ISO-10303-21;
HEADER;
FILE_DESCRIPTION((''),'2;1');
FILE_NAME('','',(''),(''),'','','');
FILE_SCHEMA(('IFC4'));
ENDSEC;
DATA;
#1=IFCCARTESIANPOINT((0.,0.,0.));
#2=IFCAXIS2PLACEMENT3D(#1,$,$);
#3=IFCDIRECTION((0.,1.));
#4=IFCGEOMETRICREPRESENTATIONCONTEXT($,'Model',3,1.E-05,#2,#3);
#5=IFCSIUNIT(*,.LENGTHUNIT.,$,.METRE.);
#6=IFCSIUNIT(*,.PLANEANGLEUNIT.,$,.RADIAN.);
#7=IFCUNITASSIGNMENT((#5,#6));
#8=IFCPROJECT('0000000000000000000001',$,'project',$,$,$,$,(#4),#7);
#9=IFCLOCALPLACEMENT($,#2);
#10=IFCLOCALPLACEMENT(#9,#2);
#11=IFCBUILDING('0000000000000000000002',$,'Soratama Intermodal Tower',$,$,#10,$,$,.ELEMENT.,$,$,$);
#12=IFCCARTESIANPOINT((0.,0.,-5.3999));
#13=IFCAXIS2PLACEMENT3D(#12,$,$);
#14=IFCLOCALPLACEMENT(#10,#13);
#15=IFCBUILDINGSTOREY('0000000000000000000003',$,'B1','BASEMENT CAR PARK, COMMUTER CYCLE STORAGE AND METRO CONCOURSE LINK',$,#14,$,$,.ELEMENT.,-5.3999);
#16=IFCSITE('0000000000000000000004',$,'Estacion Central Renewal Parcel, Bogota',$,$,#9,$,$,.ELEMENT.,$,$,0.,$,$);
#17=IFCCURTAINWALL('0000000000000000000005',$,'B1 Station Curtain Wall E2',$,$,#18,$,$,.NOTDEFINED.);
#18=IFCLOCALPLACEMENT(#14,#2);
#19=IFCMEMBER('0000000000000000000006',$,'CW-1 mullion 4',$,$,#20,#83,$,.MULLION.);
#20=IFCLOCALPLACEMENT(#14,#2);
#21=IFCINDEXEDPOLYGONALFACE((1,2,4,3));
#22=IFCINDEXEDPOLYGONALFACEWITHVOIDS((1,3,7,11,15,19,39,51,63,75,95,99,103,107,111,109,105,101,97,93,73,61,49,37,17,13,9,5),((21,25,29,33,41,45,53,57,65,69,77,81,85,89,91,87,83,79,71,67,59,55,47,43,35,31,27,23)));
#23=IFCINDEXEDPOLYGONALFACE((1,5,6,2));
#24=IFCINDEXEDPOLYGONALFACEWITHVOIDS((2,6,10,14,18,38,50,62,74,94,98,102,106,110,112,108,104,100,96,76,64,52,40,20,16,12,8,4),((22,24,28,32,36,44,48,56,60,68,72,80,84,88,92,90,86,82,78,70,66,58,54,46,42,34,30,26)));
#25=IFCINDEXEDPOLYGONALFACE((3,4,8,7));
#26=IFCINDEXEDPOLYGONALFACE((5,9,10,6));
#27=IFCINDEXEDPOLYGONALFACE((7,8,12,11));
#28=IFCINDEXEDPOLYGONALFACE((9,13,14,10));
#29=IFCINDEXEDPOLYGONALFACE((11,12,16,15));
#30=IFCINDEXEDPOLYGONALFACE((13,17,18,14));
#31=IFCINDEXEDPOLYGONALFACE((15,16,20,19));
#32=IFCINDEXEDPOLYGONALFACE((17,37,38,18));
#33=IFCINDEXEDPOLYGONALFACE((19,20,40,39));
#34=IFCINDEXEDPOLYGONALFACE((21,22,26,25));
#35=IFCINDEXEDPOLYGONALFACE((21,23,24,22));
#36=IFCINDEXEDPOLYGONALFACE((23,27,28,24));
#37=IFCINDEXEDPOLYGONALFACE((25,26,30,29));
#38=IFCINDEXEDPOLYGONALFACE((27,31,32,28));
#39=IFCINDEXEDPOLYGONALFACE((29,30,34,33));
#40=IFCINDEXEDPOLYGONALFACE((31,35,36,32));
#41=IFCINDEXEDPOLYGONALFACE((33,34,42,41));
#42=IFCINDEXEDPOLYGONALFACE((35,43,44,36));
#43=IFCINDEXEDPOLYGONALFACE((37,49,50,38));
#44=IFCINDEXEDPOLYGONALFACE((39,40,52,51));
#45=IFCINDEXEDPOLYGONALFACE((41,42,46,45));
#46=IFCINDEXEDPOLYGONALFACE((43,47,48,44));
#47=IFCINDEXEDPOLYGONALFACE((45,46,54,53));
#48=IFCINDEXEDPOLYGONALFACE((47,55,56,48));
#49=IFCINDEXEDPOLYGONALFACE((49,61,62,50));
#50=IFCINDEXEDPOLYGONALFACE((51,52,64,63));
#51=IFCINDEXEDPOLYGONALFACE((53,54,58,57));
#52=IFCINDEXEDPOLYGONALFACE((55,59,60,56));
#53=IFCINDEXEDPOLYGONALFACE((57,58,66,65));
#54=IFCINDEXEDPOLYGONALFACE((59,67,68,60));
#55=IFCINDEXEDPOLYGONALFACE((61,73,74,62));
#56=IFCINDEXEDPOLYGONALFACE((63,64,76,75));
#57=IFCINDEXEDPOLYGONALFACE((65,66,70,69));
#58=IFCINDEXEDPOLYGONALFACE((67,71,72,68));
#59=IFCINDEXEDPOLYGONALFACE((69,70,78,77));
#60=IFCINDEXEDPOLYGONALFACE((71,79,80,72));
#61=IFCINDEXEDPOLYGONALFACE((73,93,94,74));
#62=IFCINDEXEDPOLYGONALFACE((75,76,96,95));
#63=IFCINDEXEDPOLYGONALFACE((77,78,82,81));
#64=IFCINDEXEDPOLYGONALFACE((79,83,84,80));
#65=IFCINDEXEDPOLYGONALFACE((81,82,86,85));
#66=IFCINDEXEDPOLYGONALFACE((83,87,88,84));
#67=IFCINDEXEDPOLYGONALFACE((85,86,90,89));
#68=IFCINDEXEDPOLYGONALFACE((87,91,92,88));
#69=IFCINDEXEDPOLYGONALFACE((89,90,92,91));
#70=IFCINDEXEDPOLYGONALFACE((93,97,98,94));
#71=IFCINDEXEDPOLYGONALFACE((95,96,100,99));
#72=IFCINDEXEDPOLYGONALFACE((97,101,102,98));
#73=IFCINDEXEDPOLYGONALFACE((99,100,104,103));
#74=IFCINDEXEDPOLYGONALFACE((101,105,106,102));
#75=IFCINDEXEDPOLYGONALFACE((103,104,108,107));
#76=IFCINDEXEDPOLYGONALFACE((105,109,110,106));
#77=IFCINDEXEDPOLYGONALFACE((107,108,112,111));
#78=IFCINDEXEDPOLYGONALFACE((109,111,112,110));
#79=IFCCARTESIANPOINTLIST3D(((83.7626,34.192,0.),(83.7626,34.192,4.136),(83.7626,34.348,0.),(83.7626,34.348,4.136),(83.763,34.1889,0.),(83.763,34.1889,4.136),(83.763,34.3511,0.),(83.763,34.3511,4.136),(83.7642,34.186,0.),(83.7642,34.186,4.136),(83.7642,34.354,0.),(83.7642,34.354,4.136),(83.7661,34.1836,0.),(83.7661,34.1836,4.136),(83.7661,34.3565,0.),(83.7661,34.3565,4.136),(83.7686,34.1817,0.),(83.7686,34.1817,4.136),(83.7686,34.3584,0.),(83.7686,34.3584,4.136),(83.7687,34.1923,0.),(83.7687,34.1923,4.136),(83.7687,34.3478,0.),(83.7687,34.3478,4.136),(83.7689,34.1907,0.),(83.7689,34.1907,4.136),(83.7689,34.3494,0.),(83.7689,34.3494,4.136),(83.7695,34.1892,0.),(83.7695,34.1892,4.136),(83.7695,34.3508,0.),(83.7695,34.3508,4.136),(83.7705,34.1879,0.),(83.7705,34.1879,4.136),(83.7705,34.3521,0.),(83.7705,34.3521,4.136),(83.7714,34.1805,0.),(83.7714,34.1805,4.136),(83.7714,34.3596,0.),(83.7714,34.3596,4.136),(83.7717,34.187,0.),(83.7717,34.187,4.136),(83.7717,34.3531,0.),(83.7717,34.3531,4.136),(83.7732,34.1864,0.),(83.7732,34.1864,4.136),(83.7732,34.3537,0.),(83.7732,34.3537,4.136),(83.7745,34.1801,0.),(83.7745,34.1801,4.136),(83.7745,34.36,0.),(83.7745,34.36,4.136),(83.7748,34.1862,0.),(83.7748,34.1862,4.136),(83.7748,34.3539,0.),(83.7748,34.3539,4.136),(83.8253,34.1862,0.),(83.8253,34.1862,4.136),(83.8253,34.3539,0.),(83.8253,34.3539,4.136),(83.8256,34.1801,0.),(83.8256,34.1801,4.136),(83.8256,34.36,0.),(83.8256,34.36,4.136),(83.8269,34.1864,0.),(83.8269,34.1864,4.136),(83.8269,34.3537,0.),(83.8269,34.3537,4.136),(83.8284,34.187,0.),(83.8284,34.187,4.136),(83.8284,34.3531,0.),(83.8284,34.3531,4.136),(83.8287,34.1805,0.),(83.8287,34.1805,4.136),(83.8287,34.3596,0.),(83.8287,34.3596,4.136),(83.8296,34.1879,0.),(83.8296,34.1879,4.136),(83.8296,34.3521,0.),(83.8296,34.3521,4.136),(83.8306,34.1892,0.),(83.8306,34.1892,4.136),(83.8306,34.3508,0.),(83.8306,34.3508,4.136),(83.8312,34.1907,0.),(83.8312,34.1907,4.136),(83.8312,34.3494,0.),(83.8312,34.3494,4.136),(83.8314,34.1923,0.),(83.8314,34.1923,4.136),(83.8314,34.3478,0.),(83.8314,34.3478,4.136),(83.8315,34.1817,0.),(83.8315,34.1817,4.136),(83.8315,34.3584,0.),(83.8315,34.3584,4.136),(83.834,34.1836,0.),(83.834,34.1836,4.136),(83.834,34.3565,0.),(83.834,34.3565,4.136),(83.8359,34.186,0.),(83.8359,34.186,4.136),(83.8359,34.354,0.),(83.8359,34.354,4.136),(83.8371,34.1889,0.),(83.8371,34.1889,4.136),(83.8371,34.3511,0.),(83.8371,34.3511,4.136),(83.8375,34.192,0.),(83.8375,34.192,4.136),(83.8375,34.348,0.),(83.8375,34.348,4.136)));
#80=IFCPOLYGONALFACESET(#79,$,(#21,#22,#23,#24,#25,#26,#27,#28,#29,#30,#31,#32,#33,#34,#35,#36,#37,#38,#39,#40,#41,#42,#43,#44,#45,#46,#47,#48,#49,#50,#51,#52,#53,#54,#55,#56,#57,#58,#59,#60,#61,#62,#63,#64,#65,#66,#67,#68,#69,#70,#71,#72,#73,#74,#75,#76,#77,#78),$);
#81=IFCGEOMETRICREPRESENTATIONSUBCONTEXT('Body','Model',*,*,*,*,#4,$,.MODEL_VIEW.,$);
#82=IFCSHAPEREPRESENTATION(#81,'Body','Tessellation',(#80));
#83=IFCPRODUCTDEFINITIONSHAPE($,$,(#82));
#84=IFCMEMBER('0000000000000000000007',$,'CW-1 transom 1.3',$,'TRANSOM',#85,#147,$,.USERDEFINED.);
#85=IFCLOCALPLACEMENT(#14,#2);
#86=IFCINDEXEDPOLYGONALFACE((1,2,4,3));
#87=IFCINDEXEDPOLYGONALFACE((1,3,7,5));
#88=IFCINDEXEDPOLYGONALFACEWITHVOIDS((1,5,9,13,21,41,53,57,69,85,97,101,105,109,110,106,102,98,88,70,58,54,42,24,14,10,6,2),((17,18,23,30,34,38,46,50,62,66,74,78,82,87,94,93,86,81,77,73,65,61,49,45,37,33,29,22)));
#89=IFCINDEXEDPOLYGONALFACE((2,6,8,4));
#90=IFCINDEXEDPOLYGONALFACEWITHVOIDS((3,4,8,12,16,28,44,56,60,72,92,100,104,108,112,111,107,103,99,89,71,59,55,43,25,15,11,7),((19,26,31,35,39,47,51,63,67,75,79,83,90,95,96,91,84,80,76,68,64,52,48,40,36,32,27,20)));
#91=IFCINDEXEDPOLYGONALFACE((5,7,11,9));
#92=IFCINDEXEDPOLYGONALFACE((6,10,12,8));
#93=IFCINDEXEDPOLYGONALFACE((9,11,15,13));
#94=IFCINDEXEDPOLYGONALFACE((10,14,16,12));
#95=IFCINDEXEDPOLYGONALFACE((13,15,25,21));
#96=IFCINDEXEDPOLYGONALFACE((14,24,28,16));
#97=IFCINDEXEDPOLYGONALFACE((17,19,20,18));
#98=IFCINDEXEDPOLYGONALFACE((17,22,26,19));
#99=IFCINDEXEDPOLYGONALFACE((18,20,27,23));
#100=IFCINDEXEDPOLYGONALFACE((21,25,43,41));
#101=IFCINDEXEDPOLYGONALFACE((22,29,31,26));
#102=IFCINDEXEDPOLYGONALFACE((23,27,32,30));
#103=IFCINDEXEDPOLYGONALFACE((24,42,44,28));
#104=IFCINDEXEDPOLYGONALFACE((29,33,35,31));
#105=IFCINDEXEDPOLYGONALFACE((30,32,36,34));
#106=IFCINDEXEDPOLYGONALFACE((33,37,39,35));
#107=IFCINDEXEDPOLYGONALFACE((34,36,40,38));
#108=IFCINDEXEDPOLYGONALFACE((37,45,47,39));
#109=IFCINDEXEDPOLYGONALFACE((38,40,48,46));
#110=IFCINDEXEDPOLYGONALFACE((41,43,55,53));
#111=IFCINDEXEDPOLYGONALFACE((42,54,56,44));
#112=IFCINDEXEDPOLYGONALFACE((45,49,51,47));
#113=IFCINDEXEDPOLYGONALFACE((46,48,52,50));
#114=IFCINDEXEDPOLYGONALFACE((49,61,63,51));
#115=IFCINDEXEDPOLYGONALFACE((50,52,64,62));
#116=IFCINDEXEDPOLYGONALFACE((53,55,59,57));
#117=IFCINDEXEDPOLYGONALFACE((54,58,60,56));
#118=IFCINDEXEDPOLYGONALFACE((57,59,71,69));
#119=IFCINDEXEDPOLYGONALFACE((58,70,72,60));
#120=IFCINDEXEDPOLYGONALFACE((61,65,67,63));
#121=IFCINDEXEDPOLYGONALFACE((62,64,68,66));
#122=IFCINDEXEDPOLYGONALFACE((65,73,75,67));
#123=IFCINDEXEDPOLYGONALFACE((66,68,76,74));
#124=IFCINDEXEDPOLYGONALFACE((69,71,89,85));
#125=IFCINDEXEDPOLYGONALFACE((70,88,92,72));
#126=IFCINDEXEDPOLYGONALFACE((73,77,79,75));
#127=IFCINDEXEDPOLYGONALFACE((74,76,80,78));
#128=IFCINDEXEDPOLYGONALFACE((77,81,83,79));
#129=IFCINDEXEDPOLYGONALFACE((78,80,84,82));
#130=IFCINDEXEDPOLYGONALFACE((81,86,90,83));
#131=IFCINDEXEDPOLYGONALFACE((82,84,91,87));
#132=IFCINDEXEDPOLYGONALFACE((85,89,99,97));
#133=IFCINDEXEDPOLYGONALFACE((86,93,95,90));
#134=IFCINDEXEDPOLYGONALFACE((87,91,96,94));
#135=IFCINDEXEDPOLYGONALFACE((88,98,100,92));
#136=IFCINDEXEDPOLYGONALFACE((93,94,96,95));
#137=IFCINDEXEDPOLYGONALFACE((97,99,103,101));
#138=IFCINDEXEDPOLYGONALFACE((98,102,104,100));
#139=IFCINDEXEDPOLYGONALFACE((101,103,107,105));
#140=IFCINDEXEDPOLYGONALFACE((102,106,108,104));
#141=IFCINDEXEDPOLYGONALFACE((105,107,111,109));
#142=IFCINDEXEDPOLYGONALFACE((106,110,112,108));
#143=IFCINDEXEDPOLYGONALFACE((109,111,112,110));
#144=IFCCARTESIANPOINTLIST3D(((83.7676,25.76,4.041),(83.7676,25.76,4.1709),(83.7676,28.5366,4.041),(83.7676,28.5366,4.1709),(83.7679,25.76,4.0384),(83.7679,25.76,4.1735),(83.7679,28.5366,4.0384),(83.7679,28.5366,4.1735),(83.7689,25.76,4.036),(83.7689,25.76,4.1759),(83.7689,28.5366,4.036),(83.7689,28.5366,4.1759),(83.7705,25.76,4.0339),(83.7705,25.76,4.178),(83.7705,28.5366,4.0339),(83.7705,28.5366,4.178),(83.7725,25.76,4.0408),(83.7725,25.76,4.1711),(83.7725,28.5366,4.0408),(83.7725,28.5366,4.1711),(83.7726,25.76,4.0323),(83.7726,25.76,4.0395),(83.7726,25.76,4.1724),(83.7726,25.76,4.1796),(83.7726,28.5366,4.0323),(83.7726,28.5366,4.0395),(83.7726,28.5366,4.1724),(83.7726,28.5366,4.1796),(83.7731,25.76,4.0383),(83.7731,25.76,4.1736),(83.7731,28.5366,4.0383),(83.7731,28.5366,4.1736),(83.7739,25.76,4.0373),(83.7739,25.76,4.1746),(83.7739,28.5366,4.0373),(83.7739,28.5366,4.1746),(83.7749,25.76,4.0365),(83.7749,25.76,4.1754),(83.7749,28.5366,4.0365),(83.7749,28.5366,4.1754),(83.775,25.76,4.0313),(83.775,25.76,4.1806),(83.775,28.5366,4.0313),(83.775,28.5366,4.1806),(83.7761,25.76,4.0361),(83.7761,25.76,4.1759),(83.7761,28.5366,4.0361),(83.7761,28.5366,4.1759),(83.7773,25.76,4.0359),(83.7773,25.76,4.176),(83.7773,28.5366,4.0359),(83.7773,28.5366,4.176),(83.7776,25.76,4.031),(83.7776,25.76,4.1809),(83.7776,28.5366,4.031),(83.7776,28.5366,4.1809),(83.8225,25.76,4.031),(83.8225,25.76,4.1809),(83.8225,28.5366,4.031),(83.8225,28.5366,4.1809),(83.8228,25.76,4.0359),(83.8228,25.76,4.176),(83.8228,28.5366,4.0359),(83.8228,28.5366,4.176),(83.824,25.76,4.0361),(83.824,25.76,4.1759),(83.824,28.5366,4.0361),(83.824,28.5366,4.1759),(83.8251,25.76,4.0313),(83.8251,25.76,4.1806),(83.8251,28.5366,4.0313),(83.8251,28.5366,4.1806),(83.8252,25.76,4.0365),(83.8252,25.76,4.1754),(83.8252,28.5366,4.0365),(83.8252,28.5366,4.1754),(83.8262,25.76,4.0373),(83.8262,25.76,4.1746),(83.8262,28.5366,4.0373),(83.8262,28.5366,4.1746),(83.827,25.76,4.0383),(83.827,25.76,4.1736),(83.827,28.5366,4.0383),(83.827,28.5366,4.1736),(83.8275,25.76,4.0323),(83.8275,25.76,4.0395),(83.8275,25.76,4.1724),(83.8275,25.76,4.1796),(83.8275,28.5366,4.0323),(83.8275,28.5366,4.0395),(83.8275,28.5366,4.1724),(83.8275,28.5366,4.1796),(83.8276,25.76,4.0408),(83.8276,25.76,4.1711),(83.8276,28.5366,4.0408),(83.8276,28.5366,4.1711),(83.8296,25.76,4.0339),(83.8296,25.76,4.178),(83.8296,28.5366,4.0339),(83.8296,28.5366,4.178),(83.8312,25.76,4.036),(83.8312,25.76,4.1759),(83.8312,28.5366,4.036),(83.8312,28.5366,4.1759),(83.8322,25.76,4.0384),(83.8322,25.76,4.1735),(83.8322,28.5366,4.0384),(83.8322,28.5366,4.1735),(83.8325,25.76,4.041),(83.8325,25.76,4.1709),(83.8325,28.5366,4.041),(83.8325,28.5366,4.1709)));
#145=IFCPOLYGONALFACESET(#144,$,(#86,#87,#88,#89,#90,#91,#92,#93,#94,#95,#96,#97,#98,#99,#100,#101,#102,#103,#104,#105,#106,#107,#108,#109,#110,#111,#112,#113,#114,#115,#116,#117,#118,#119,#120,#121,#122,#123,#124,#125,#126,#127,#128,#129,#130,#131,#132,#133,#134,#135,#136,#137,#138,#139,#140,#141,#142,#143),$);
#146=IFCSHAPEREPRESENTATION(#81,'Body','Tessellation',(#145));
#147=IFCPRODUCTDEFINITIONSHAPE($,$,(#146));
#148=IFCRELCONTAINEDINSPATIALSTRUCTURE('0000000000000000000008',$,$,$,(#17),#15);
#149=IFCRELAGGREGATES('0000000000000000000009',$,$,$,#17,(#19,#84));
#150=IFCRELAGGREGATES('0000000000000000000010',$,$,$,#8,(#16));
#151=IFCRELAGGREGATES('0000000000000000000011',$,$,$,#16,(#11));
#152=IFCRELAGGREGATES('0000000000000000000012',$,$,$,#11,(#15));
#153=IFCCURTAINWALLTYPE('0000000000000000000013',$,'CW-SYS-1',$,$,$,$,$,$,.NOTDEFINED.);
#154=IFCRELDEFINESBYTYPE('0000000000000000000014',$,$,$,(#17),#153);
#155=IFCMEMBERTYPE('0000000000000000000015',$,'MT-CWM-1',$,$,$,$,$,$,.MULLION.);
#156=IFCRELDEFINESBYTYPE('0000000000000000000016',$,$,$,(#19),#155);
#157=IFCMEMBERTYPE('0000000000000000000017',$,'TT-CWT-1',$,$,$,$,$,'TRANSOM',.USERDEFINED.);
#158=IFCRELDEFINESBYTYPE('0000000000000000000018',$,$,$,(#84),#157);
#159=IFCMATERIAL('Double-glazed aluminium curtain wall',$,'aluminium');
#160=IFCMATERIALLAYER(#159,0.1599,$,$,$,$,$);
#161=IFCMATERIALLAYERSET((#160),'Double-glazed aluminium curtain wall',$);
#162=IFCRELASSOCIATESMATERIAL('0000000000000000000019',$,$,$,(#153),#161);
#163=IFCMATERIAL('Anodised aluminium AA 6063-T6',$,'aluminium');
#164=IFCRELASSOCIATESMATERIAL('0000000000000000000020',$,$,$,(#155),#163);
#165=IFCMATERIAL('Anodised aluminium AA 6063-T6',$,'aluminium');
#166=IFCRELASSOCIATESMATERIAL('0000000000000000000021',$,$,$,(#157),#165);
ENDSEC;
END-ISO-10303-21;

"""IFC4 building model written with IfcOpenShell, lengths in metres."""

from ifc_helpers import new_model, si_unit, direction, frame, origin, origin_2d, place, context, subcontext, project, spatial, hollow_rectangle, extrude, material, layer, layer_set, material_profile, profile_set, type_object, element, aggregate, save


model = new_model("IFC4")

# Units and contexts
model_context = context("Model", 3, precision=1e-05, world=origin(), true_north=direction((0.0, 1.0)))
body_context = subcontext(model_context, "Body", "Model", "MODEL_VIEW")
ifc_project = project(units=[si_unit("LENGTHUNIT", "METRE"), si_unit("PLANEANGLEUNIT", "RADIAN")], contexts=[model_context])

# Site, building, storey
site_placement = place(None, origin())
site = spatial("IfcSite", under=ifc_project, at=site_placement, Name="Estacion Central Renewal Parcel, Bogota", CompositionType="ELEMENT", RefElevation=0.0)
building_placement = place(site_placement, origin())
building = spatial("IfcBuilding", under=site, at=building_placement, Name="Soratama Intermodal Tower", CompositionType="ELEMENT")
storey_placement = place(building_placement, frame((0.0, 0.0, -5.3999)))
storey = spatial("IfcBuildingStorey", under=building, at=storey_placement, Name="B1", Description="BASEMENT CAR PARK, COMMUTER CYCLE STORAGE AND METRO CONCOURSE LINK", CompositionType="ELEMENT", Elevation=-5.3999)

# Curtain wall, members
ifc_material_1 = material(Name="Double-glazed aluminium curtain wall", Category="aluminium")
ifc_layer_1 = layer(ifc_material_1, 0.1599)
ifc_layer_set_1 = layer_set([ifc_layer_1], Name="Double-glazed aluminium curtain wall")
curtain_wall_type = type_object("IfcCurtainWallType", Name="CW-SYS-1", PredefinedType="NOTDEFINED", material=ifc_layer_set_1)
curtain_wall_placement = place(storey_placement, origin())
curtain_wall = element("IfcCurtainWall", 1, at=curtain_wall_placement, inside=storey, type_object=curtain_wall_type, Name="B1 Station Curtain Wall E2", PredefinedType="NOTDEFINED")
ifc_material_2 = material(Name="Anodised aluminium AA 6063-T6", Category="aluminium")
ifc_material_profile_1 = material_profile(ifc_material_2, hollow_rectangle(XDim=0.075, YDim=0.1799, WallThickness=0.0061, InnerFilletRadius=0.0061, OuterFilletRadius=0.012, at=origin_2d()), Name="CWM180X75X6")
ifc_profile_set_1 = profile_set([ifc_material_profile_1], Name="Anodised aluminium AA 6063-T6")
member_type_1 = type_object("IfcMemberType", Name="MT-CWM-1", PredefinedType="MULLION", material=ifc_profile_set_1)
member_1_placement = place(storey_placement, frame((83.8, 34.27, 0.0), z_axis=(0.0, 0.0, 1.0), x_axis=(-1.0, 0.0, 0.0)))
member_1 = element("IfcMember", 2, at=member_1_placement, type_object=member_type_1, Name="CW-1 mullion 4", PredefinedType="MULLION", context=body_context, shape_type="SweptSolid", body=[
    extrude(hollow_rectangle(XDim=0.075, YDim=0.1799, WallThickness=0.0061, InnerFilletRadius=0.0061, OuterFilletRadius=0.012, at=origin_2d()), origin(), (0.0, 0.0, 1.0), 4.136),
])
ifc_material_3 = material(Name="Anodised aluminium AA 6063-T6", Category="aluminium")
ifc_material_profile_2 = material_profile(ifc_material_3, hollow_rectangle(XDim=0.0649, YDim=0.1499, WallThickness=0.0049, InnerFilletRadius=0.0049, OuterFilletRadius=0.01, at=origin_2d()), Name="CWT150X65X5")
ifc_profile_set_2 = profile_set([ifc_material_profile_2], Name="Anodised aluminium AA 6063-T6")
member_type_2 = type_object("IfcMemberType", Name="TT-CWT-1", ElementType="TRANSOM", PredefinedType="USERDEFINED", material=ifc_profile_set_2)
member_2_placement = place(storey_placement, frame((83.8, 25.76, 4.106), z_axis=(0.0, 1.0, 0.0), x_axis=(-1.0, 0.0, 0.0)))
member_2 = element("IfcMember", 3, at=member_2_placement, type_object=member_type_2, Name="CW-1 transom 1.3", ObjectType="TRANSOM", PredefinedType="USERDEFINED", context=body_context, shape_type="SweptSolid", body=[
    extrude(hollow_rectangle(XDim=0.0649, YDim=0.1499, WallThickness=0.0049, InnerFilletRadius=0.0049, OuterFilletRadius=0.01, at=origin_2d()), origin(), (0.0, 0.0, 1.0), 2.7766),
])
aggregate(curtain_wall, [member_1, member_2])

save(model, "model.ifc")
